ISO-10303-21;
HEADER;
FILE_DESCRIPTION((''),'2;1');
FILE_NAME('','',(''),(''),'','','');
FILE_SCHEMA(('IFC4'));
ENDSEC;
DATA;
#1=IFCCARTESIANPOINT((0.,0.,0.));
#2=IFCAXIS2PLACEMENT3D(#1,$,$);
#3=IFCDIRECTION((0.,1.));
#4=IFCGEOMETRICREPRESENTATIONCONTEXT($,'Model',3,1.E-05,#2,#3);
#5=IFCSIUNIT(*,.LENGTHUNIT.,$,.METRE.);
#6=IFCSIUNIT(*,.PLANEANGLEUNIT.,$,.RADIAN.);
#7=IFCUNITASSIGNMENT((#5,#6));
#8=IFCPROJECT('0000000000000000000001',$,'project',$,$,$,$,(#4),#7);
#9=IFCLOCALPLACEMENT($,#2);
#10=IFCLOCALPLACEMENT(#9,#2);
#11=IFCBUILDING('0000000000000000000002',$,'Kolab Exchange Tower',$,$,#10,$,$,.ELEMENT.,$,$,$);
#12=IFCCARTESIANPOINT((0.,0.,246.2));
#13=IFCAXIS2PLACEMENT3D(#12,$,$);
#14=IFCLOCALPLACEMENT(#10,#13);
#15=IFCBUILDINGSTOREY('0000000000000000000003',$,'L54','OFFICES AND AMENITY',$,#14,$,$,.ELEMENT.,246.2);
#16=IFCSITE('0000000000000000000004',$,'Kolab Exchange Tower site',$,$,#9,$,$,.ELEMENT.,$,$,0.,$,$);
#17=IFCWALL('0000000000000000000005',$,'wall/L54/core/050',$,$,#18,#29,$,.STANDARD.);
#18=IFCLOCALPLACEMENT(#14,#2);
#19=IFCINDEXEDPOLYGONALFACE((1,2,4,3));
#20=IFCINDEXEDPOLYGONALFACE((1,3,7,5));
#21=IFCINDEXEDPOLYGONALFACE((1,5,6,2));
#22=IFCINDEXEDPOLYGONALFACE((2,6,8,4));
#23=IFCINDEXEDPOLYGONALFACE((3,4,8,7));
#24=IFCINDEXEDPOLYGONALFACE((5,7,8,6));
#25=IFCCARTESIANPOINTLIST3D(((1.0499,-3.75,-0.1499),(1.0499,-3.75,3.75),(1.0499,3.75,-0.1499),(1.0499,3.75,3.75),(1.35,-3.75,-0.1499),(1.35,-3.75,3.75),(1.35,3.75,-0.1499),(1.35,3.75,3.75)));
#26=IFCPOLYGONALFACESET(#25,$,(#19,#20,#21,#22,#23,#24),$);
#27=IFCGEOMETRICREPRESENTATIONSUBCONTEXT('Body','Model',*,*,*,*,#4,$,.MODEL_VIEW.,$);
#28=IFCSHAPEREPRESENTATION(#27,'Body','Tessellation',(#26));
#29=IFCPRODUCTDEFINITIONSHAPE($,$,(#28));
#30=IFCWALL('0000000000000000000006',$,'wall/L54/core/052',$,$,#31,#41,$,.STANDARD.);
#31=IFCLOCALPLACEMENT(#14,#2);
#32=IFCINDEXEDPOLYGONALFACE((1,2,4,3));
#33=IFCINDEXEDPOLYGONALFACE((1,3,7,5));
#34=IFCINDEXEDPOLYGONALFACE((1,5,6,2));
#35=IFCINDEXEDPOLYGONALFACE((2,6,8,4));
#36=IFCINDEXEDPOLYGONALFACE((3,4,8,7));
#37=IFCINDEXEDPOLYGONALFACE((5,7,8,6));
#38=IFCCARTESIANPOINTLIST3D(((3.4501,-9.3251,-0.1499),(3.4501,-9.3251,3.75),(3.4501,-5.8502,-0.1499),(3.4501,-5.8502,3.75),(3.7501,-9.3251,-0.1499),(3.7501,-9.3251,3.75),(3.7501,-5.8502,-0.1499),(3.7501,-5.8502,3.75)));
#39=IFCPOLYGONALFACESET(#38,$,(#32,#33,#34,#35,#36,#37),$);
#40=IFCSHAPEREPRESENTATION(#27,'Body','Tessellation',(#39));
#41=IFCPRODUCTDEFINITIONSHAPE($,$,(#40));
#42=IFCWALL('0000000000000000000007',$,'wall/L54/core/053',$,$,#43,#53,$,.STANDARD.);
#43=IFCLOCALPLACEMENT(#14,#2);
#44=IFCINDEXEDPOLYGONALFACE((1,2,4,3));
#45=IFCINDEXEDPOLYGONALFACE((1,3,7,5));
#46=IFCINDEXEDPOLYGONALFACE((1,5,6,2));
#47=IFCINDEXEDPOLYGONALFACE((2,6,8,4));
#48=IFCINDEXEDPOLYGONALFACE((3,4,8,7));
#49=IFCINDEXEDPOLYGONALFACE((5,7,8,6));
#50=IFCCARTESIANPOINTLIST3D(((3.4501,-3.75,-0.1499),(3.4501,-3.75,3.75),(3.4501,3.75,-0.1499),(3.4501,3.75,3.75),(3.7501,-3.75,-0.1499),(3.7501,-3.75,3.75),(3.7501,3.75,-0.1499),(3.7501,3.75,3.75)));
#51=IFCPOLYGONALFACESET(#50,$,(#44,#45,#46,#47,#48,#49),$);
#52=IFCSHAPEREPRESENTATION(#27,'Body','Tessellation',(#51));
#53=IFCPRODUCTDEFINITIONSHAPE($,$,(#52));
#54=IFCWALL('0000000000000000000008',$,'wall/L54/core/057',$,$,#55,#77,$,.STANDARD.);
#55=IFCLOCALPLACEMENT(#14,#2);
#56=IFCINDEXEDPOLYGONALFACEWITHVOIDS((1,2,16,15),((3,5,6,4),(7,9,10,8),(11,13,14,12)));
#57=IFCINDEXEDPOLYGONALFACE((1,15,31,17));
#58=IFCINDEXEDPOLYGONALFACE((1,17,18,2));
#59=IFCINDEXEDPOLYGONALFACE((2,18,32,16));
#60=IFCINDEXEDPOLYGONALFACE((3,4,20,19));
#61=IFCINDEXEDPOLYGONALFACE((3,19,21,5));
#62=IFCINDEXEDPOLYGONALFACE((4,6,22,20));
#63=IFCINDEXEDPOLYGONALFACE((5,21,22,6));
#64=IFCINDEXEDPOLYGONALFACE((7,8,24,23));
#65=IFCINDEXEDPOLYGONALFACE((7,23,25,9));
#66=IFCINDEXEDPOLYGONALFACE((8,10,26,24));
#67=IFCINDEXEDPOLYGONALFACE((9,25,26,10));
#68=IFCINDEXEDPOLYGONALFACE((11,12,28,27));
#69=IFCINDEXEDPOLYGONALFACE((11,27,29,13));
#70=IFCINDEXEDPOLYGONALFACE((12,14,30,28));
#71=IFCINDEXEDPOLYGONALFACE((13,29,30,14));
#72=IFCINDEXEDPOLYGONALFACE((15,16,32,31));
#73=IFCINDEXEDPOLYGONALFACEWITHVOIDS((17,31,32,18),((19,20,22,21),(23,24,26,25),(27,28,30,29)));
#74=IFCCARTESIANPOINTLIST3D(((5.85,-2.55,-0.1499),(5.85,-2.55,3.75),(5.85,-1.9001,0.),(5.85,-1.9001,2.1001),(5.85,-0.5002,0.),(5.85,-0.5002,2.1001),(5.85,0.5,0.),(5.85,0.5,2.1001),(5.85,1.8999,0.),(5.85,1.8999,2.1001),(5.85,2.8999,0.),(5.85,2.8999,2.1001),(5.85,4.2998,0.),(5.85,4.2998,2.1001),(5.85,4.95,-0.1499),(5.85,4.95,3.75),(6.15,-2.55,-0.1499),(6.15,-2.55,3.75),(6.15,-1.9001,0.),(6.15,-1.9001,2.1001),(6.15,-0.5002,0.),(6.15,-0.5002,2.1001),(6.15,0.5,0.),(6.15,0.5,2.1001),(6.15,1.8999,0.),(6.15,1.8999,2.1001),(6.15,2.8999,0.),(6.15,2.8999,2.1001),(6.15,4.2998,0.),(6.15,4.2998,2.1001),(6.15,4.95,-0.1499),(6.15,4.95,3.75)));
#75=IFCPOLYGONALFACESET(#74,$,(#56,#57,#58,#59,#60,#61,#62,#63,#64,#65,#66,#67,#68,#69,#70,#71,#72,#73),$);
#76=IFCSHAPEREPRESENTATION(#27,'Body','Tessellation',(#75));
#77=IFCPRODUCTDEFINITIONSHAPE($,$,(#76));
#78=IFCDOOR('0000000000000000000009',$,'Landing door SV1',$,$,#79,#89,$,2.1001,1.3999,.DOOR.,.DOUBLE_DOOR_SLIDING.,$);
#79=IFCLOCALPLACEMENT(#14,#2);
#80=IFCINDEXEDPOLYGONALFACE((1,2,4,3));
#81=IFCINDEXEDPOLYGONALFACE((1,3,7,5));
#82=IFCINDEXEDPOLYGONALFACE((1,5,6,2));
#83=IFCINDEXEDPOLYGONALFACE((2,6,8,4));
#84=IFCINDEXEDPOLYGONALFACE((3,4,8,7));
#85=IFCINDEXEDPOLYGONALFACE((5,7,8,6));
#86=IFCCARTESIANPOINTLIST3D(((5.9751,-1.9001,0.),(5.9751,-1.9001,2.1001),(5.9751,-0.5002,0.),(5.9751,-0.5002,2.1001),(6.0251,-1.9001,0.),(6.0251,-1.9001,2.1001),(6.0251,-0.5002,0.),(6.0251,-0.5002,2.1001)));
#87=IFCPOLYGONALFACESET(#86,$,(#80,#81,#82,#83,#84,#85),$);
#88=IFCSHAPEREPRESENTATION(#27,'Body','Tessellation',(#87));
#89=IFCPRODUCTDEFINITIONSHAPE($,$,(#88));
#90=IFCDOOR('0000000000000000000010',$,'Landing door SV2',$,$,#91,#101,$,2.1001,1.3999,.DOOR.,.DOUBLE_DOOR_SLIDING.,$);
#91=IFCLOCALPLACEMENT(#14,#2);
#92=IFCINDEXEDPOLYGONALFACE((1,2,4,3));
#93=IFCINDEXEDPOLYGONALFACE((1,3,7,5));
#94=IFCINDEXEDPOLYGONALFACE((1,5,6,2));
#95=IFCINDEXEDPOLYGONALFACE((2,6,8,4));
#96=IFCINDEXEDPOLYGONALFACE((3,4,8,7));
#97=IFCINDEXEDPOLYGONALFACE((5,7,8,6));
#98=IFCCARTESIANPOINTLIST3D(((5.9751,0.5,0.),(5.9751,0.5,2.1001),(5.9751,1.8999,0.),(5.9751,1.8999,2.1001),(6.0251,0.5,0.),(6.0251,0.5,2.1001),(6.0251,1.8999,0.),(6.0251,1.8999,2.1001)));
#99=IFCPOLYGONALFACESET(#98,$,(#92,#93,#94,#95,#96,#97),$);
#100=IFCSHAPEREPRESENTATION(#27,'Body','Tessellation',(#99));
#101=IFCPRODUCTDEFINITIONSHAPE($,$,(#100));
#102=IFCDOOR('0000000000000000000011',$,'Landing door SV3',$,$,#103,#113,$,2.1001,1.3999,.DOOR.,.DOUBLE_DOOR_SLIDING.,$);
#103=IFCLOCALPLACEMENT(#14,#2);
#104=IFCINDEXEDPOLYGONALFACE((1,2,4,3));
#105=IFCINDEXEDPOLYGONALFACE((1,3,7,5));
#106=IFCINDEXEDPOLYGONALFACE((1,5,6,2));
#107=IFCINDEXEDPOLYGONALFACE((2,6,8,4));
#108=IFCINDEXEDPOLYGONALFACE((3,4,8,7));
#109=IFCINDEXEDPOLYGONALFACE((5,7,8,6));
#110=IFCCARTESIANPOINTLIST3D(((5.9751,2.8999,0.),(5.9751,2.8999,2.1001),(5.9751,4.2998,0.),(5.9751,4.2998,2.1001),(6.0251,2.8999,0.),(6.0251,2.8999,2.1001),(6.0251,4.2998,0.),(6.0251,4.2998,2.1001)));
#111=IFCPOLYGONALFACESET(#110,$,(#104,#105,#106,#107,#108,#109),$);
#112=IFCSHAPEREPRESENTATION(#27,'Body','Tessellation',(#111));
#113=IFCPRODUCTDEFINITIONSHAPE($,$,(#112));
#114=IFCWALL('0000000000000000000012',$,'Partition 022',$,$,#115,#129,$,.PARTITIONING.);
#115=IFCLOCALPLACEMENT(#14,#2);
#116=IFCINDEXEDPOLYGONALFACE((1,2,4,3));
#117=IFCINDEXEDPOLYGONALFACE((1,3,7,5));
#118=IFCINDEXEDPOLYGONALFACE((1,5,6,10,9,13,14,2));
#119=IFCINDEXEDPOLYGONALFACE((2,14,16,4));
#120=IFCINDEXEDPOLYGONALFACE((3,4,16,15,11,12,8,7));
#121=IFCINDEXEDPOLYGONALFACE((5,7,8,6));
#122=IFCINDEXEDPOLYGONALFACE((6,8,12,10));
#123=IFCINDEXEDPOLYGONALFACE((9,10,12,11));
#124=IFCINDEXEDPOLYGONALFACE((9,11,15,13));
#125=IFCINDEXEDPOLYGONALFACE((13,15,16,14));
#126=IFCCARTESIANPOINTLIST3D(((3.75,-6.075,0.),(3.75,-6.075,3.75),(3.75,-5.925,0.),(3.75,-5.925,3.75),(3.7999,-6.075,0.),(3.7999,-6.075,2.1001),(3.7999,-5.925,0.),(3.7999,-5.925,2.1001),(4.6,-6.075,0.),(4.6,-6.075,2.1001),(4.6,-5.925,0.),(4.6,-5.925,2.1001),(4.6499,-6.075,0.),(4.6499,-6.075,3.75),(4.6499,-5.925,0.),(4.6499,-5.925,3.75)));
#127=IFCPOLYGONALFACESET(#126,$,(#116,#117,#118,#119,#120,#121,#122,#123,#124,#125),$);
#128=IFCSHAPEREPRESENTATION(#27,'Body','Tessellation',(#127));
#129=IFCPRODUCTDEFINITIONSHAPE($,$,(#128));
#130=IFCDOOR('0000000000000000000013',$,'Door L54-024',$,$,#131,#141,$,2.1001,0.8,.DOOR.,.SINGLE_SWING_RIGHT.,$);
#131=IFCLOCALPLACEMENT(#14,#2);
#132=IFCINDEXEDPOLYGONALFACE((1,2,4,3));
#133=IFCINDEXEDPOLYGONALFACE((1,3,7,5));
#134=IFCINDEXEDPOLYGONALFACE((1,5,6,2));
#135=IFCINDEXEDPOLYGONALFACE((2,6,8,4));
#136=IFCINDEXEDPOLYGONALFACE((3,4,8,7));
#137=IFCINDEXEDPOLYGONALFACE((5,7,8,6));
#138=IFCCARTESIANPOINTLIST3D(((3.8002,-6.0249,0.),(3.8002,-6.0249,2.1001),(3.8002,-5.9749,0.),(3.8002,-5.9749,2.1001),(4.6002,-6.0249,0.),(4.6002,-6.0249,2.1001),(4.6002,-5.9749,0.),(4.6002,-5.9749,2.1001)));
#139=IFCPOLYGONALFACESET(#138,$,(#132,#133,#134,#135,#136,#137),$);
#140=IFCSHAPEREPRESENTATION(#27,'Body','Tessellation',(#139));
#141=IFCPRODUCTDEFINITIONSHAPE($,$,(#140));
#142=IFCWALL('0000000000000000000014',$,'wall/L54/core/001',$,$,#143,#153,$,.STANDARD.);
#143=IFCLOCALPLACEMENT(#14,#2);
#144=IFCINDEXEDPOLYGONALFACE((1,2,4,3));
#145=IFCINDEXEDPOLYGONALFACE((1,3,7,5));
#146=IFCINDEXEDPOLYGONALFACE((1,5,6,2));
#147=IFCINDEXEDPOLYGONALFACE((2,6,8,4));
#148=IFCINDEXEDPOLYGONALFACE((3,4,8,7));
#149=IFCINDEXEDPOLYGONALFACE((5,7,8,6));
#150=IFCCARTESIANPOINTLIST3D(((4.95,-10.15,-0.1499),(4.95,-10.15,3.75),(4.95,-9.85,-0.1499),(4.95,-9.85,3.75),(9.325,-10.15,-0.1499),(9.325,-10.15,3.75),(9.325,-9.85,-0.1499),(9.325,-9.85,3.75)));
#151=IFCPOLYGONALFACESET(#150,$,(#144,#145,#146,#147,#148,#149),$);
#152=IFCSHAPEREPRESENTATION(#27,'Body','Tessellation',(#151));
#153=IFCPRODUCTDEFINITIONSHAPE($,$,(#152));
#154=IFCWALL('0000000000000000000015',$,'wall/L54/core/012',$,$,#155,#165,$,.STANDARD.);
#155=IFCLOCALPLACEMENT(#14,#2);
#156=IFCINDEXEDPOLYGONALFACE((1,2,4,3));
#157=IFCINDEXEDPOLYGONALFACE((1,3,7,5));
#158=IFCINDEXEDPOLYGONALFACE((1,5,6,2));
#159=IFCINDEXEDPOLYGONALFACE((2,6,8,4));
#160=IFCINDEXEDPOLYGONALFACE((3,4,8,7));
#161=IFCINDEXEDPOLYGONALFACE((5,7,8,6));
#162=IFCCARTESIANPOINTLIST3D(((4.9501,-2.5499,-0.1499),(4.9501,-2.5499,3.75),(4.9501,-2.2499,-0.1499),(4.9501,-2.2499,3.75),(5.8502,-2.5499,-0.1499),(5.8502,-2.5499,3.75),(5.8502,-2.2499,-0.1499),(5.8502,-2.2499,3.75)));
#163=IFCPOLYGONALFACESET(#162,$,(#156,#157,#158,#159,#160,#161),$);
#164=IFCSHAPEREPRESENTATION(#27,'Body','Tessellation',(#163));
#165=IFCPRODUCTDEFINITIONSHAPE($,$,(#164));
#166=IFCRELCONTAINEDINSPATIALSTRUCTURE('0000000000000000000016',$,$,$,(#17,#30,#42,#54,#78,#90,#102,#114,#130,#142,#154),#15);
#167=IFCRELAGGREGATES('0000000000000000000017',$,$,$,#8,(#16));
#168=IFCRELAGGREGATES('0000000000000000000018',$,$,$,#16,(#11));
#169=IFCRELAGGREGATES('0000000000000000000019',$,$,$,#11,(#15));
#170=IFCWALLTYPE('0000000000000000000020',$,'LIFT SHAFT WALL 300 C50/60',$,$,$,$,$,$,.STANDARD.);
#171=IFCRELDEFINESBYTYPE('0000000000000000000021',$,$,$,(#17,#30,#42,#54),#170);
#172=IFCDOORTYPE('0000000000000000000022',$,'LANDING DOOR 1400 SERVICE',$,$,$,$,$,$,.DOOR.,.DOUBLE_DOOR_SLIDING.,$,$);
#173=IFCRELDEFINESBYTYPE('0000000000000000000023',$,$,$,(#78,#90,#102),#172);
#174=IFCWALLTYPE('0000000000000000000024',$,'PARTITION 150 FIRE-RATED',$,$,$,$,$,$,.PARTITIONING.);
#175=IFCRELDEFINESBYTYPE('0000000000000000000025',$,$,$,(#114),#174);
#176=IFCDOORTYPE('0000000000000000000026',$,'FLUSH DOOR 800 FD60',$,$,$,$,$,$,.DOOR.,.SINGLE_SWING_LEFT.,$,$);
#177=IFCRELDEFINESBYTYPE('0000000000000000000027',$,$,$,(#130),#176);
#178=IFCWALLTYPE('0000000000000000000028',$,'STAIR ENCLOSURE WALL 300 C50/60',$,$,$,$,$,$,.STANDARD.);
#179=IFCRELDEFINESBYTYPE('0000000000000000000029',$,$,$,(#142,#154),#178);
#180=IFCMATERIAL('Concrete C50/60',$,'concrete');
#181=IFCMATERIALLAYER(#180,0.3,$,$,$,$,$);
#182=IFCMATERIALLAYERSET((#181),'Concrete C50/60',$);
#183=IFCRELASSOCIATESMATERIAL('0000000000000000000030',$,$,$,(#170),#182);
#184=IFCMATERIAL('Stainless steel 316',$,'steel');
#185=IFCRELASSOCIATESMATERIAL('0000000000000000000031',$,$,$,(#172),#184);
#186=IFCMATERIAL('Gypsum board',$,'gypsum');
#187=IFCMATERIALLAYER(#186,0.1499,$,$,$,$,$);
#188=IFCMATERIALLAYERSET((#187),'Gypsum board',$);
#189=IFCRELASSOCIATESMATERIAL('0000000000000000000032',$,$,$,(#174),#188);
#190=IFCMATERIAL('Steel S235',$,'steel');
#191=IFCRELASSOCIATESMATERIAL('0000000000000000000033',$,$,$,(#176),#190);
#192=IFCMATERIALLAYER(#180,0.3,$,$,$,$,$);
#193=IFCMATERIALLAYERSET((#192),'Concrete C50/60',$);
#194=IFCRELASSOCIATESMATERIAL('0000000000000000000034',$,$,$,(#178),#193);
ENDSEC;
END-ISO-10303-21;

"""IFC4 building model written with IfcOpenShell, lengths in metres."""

from ifc_helpers import new_model, si_unit, direction, frame, frame_2d, origin, place, context, subcontext, project, spatial, rectangle, extrude, material, layer, layer_set, type_object, element, fill, save


model = new_model("IFC4")

# Units and contexts
model_context = context("Model", 3, precision=1e-05, world=origin(), true_north=direction((0.0, 1.0)))
body_context = subcontext(model_context, "Body", "Model", "MODEL_VIEW")
ifc_project = project(units=[si_unit("LENGTHUNIT", "METRE"), si_unit("PLANEANGLEUNIT", "RADIAN")], contexts=[model_context])

# Site, building, storey
site_placement = place(None, origin())
site = spatial("IfcSite", under=ifc_project, at=site_placement, Name="Kolab Exchange Tower site", CompositionType="ELEMENT", RefElevation=0.0)
building_placement = place(site_placement, origin())
building = spatial("IfcBuilding", under=site, at=building_placement, Name="Kolab Exchange Tower", CompositionType="ELEMENT")
storey_placement = place(building_placement, frame((0.0, 0.0, 246.2)))
storey = spatial("IfcBuildingStorey", under=building, at=storey_placement, Name="L54", Description="OFFICES AND AMENITY", CompositionType="ELEMENT", Elevation=246.2)

# Shared definitions
ifc_material_1 = material(Name="Concrete C50/60", Category="concrete")
ifc_layer_1 = layer(ifc_material_1, 0.3)
ifc_layer_set_1 = layer_set([ifc_layer_1], Name="Concrete C50/60")
wall_type_1 = type_object("IfcWallType", Name="LIFT SHAFT WALL 300 C50/60", PredefinedType="STANDARD", material=ifc_layer_set_1)
ifc_material_2 = material(Name="Stainless steel 316", Category="steel")

# Walls
wall_1_placement = place(storey_placement, frame((1.2, -3.75, -0.1499), z_axis=(0.0, 0.0, 1.0), x_axis=(0.0, 1.0, 0.0)))
element("IfcWall", 1, at=wall_1_placement, inside=storey, type_object=wall_type_1, Name="wall/L54/core/050", PredefinedType="STANDARD", context=body_context, shape_type="SweptSolid", body=[
    extrude(rectangle(XDim=7.5, YDim=0.3, at=frame_2d((3.75, 0.0))), origin(), (0.0, 0.0, 1.0), 3.8999),
])
wall_2_placement = place(storey_placement, frame((3.6001, -9.325, -0.1499), z_axis=(0.0, 0.0, 1.0), x_axis=(0.0, 1.0, 0.0)))
element("IfcWall", 2, at=wall_2_placement, inside=storey, type_object=wall_type_1, Name="wall/L54/core/052", PredefinedType="STANDARD", context=body_context, shape_type="SweptSolid", body=[
    extrude(rectangle(XDim=3.4749, YDim=0.3, at=frame_2d((1.7373, 0.0))), origin(), (0.0, 0.0, 1.0), 3.8999),
])
wall_3_placement = place(storey_placement, frame((3.6001, -3.75, -0.1499), z_axis=(0.0, 0.0, 1.0), x_axis=(0.0, 1.0, 0.0)))
element("IfcWall", 3, at=wall_3_placement, inside=storey, type_object=wall_type_1, Name="wall/L54/core/053", PredefinedType="STANDARD", context=body_context, shape_type="SweptSolid", body=[
    extrude(rectangle(XDim=7.5, YDim=0.3, at=frame_2d((3.75, 0.0))), origin(), (0.0, 0.0, 1.0), 3.8999),
])

# Wall, openings, doors
wall_4_placement = place(storey_placement, frame((6.0, -2.55, -0.1499), z_axis=(0.0, 0.0, 1.0), x_axis=(0.0, 1.0, 0.0)))
wall_4 = element("IfcWall", 4, at=wall_4_placement, inside=storey, type_object=wall_type_1, Name="wall/L54/core/057", PredefinedType="STANDARD", context=body_context, shape_type="SweptSolid", body=[
    extrude(rectangle(XDim=7.5, YDim=0.3, at=frame_2d((3.75, 0.0))), origin(), (0.0, 0.0, 1.0), 3.8999),
])
opening_1_placement = place(wall_4_placement, frame((0.6499, 0.0, 0.1499)))
opening_1 = element("IfcOpeningElement", 5, at=opening_1_placement, cuts=wall_4, PredefinedType="OPENING", context=body_context, shape_type="SweptSolid", body=[
    extrude(rectangle(XDim=1.3999, YDim=2.1001, at=frame_2d((0.7, 1.05))), frame((0.0, 0.1602, 0.0), z_axis=(0.0, -1.0, 0.0), x_axis=(1.0, 0.0, 0.0)), (0.0, 0.0, 1.0), 0.3201),
])
opening_2_placement = place(wall_4_placement, frame((3.05, 0.0, 0.1499)))
opening_2 = element("IfcOpeningElement", 6, at=opening_2_placement, cuts=wall_4, PredefinedType="OPENING", context=body_context, shape_type="SweptSolid", body=[
    extrude(rectangle(XDim=1.3999, YDim=2.1001, at=frame_2d((0.7, 1.05))), frame((0.0, 0.1602, 0.0), z_axis=(0.0, -1.0, 0.0), x_axis=(1.0, 0.0, 0.0)), (0.0, 0.0, 1.0), 0.3201),
])
opening_3_placement = place(wall_4_placement, frame((5.45, 0.0, 0.1499)))
opening_3 = element("IfcOpeningElement", 7, at=opening_3_placement, cuts=wall_4, PredefinedType="OPENING", context=body_context, shape_type="SweptSolid", body=[
    extrude(rectangle(XDim=1.3999, YDim=2.1001, at=frame_2d((0.7, 1.05))), frame((0.0, 0.1602, 0.0), z_axis=(0.0, -1.0, 0.0), x_axis=(1.0, 0.0, 0.0)), (0.0, 0.0, 1.0), 0.3201),
])
door_type_1 = type_object("IfcDoorType", Name="LANDING DOOR 1400 SERVICE", OperationType="DOUBLE_DOOR_SLIDING", PredefinedType="DOOR", material=ifc_material_2)
door_1_placement = place(opening_1_placement, origin())
door_1 = element("IfcDoor", 8, at=door_1_placement, inside=storey, type_object=door_type_1, Name="Landing door SV1", OperationType="DOUBLE_DOOR_SLIDING", OverallHeight=2.1001, OverallWidth=1.3999, PredefinedType="DOOR", context=body_context, shape_type="SweptSolid", body=[
    extrude(rectangle(XDim=1.3999, YDim=2.1001, at=frame_2d((0.7, 1.05))), frame((0.0, 0.0249, 0.0), z_axis=(0.0, -1.0, 0.0), x_axis=(1.0, 0.0, 0.0)), (0.0, 0.0, 1.0), 0.05),
])
fill(opening_1, door_1)
door_2_placement = place(opening_2_placement, origin())
door_2 = element("IfcDoor", 9, at=door_2_placement, inside=storey, type_object=door_type_1, Name="Landing door SV2", OperationType="DOUBLE_DOOR_SLIDING", OverallHeight=2.1001, OverallWidth=1.3999, PredefinedType="DOOR", context=body_context, shape_type="SweptSolid", body=[
    extrude(rectangle(XDim=1.3999, YDim=2.1001, at=frame_2d((0.7, 1.05))), frame((0.0, 0.0249, 0.0), z_axis=(0.0, -1.0, 0.0), x_axis=(1.0, 0.0, 0.0)), (0.0, 0.0, 1.0), 0.05),
])
fill(opening_2, door_2)
door_3_placement = place(opening_3_placement, origin())
door_3 = element("IfcDoor", 10, at=door_3_placement, inside=storey, type_object=door_type_1, Name="Landing door SV3", OperationType="DOUBLE_DOOR_SLIDING", OverallHeight=2.1001, OverallWidth=1.3999, PredefinedType="DOOR", context=body_context, shape_type="SweptSolid", body=[
    extrude(rectangle(XDim=1.3999, YDim=2.1001, at=frame_2d((0.7, 1.05))), frame((0.0, 0.0249, 0.0), z_axis=(0.0, -1.0, 0.0), x_axis=(1.0, 0.0, 0.0)), (0.0, 0.0, 1.0), 0.05),
])
fill(opening_3, door_3)

# Wall, opening, door
ifc_material_3 = material(Name="Gypsum board", Category="gypsum")
ifc_layer_2 = layer(ifc_material_3, 0.1499)
ifc_layer_set_2 = layer_set([ifc_layer_2], Name="Gypsum board")
wall_type_2 = type_object("IfcWallType", Name="PARTITION 150 FIRE-RATED", PredefinedType="PARTITIONING", material=ifc_layer_set_2)
wall_5_placement = place(storey_placement, frame((3.75, -6.0, 0.0), z_axis=(0.0, 0.0, 1.0), x_axis=(1.0, 0.0, 0.0)))
wall_5 = element("IfcWall", 11, at=wall_5_placement, inside=storey, type_object=wall_type_2, Name="Partition 022", PredefinedType="PARTITIONING", context=body_context, shape_type="SweptSolid", body=[
    extrude(rectangle(XDim=0.8999, YDim=0.1499, at=frame_2d((0.45, 0.0))), origin(), (0.0, 0.0, 1.0), 3.75),
])
opening_4_placement = place(wall_5_placement, frame((0.05, 0.0, 0.0)))
opening_4 = element("IfcOpeningElement", 12, at=opening_4_placement, cuts=wall_5, PredefinedType="OPENING", context=body_context, shape_type="SweptSolid", body=[
    extrude(rectangle(XDim=0.8, YDim=2.1001, at=frame_2d((0.3999, 1.05))), frame((0.0, 0.085, 0.0), z_axis=(0.0, -1.0, 0.0), x_axis=(1.0, 0.0, 0.0)), (0.0, 0.0, 1.0), 0.1699),
])
ifc_material_4 = material(Name="Steel S235", Category="steel")
door_type_2 = type_object("IfcDoorType", Name="FLUSH DOOR 800 FD60", OperationType="SINGLE_SWING_LEFT", PredefinedType="DOOR", material=ifc_material_4)
door_4_placement = place(opening_4_placement, frame((0.8, 0.0, 0.0), z_axis=(0.0, 0.0, 1.0), x_axis=(-1.0, 0.0, 0.0)))
door_4 = element("IfcDoor", 13, at=door_4_placement, inside=storey, type_object=door_type_2, Name="Door L54-024", OperationType="SINGLE_SWING_RIGHT", OverallHeight=2.1001, OverallWidth=0.8, PredefinedType="DOOR", context=body_context, shape_type="SweptSolid", body=[
    extrude(rectangle(XDim=0.8, YDim=2.1001, at=frame_2d((0.3999, 1.05))), frame((0.0, 0.0249, 0.0), z_axis=(0.0, -1.0, 0.0), x_axis=(1.0, 0.0, 0.0)), (0.0, 0.0, 1.0), 0.05),
])
fill(opening_4, door_4)

# Walls
ifc_layer_3 = layer(ifc_material_1, 0.3)
ifc_layer_set_3 = layer_set([ifc_layer_3], Name="Concrete C50/60")
wall_type_3 = type_object("IfcWallType", Name="STAIR ENCLOSURE WALL 300 C50/60", PredefinedType="STANDARD", material=ifc_layer_set_3)
wall_6_placement = place(storey_placement, frame((4.95, -10.0, -0.1499), z_axis=(0.0, 0.0, 1.0), x_axis=(1.0, 0.0, 0.0)))
element("IfcWall", 14, at=wall_6_placement, inside=storey, type_object=wall_type_3, Name="wall/L54/core/001", PredefinedType="STANDARD", context=body_context, shape_type="SweptSolid", body=[
    extrude(rectangle(XDim=4.375, YDim=0.3, at=frame_2d((2.1875, 0.0))), origin(), (0.0, 0.0, 1.0), 3.8999),
])
wall_7_placement = place(storey_placement, frame((4.95, -2.3999, -0.1499), z_axis=(0.0, 0.0, 1.0), x_axis=(1.0, 0.0, 0.0)))
element("IfcWall", 15, at=wall_7_placement, inside=storey, type_object=wall_type_3, Name="wall/L54/core/012", PredefinedType="STANDARD", context=body_context, shape_type="SweptSolid", body=[
    extrude(rectangle(XDim=0.9001, YDim=0.3, at=frame_2d((0.4502, 0.0))), origin(), (0.0, 0.0, 1.0), 3.8999),
])

save(model, "model.ifc")
